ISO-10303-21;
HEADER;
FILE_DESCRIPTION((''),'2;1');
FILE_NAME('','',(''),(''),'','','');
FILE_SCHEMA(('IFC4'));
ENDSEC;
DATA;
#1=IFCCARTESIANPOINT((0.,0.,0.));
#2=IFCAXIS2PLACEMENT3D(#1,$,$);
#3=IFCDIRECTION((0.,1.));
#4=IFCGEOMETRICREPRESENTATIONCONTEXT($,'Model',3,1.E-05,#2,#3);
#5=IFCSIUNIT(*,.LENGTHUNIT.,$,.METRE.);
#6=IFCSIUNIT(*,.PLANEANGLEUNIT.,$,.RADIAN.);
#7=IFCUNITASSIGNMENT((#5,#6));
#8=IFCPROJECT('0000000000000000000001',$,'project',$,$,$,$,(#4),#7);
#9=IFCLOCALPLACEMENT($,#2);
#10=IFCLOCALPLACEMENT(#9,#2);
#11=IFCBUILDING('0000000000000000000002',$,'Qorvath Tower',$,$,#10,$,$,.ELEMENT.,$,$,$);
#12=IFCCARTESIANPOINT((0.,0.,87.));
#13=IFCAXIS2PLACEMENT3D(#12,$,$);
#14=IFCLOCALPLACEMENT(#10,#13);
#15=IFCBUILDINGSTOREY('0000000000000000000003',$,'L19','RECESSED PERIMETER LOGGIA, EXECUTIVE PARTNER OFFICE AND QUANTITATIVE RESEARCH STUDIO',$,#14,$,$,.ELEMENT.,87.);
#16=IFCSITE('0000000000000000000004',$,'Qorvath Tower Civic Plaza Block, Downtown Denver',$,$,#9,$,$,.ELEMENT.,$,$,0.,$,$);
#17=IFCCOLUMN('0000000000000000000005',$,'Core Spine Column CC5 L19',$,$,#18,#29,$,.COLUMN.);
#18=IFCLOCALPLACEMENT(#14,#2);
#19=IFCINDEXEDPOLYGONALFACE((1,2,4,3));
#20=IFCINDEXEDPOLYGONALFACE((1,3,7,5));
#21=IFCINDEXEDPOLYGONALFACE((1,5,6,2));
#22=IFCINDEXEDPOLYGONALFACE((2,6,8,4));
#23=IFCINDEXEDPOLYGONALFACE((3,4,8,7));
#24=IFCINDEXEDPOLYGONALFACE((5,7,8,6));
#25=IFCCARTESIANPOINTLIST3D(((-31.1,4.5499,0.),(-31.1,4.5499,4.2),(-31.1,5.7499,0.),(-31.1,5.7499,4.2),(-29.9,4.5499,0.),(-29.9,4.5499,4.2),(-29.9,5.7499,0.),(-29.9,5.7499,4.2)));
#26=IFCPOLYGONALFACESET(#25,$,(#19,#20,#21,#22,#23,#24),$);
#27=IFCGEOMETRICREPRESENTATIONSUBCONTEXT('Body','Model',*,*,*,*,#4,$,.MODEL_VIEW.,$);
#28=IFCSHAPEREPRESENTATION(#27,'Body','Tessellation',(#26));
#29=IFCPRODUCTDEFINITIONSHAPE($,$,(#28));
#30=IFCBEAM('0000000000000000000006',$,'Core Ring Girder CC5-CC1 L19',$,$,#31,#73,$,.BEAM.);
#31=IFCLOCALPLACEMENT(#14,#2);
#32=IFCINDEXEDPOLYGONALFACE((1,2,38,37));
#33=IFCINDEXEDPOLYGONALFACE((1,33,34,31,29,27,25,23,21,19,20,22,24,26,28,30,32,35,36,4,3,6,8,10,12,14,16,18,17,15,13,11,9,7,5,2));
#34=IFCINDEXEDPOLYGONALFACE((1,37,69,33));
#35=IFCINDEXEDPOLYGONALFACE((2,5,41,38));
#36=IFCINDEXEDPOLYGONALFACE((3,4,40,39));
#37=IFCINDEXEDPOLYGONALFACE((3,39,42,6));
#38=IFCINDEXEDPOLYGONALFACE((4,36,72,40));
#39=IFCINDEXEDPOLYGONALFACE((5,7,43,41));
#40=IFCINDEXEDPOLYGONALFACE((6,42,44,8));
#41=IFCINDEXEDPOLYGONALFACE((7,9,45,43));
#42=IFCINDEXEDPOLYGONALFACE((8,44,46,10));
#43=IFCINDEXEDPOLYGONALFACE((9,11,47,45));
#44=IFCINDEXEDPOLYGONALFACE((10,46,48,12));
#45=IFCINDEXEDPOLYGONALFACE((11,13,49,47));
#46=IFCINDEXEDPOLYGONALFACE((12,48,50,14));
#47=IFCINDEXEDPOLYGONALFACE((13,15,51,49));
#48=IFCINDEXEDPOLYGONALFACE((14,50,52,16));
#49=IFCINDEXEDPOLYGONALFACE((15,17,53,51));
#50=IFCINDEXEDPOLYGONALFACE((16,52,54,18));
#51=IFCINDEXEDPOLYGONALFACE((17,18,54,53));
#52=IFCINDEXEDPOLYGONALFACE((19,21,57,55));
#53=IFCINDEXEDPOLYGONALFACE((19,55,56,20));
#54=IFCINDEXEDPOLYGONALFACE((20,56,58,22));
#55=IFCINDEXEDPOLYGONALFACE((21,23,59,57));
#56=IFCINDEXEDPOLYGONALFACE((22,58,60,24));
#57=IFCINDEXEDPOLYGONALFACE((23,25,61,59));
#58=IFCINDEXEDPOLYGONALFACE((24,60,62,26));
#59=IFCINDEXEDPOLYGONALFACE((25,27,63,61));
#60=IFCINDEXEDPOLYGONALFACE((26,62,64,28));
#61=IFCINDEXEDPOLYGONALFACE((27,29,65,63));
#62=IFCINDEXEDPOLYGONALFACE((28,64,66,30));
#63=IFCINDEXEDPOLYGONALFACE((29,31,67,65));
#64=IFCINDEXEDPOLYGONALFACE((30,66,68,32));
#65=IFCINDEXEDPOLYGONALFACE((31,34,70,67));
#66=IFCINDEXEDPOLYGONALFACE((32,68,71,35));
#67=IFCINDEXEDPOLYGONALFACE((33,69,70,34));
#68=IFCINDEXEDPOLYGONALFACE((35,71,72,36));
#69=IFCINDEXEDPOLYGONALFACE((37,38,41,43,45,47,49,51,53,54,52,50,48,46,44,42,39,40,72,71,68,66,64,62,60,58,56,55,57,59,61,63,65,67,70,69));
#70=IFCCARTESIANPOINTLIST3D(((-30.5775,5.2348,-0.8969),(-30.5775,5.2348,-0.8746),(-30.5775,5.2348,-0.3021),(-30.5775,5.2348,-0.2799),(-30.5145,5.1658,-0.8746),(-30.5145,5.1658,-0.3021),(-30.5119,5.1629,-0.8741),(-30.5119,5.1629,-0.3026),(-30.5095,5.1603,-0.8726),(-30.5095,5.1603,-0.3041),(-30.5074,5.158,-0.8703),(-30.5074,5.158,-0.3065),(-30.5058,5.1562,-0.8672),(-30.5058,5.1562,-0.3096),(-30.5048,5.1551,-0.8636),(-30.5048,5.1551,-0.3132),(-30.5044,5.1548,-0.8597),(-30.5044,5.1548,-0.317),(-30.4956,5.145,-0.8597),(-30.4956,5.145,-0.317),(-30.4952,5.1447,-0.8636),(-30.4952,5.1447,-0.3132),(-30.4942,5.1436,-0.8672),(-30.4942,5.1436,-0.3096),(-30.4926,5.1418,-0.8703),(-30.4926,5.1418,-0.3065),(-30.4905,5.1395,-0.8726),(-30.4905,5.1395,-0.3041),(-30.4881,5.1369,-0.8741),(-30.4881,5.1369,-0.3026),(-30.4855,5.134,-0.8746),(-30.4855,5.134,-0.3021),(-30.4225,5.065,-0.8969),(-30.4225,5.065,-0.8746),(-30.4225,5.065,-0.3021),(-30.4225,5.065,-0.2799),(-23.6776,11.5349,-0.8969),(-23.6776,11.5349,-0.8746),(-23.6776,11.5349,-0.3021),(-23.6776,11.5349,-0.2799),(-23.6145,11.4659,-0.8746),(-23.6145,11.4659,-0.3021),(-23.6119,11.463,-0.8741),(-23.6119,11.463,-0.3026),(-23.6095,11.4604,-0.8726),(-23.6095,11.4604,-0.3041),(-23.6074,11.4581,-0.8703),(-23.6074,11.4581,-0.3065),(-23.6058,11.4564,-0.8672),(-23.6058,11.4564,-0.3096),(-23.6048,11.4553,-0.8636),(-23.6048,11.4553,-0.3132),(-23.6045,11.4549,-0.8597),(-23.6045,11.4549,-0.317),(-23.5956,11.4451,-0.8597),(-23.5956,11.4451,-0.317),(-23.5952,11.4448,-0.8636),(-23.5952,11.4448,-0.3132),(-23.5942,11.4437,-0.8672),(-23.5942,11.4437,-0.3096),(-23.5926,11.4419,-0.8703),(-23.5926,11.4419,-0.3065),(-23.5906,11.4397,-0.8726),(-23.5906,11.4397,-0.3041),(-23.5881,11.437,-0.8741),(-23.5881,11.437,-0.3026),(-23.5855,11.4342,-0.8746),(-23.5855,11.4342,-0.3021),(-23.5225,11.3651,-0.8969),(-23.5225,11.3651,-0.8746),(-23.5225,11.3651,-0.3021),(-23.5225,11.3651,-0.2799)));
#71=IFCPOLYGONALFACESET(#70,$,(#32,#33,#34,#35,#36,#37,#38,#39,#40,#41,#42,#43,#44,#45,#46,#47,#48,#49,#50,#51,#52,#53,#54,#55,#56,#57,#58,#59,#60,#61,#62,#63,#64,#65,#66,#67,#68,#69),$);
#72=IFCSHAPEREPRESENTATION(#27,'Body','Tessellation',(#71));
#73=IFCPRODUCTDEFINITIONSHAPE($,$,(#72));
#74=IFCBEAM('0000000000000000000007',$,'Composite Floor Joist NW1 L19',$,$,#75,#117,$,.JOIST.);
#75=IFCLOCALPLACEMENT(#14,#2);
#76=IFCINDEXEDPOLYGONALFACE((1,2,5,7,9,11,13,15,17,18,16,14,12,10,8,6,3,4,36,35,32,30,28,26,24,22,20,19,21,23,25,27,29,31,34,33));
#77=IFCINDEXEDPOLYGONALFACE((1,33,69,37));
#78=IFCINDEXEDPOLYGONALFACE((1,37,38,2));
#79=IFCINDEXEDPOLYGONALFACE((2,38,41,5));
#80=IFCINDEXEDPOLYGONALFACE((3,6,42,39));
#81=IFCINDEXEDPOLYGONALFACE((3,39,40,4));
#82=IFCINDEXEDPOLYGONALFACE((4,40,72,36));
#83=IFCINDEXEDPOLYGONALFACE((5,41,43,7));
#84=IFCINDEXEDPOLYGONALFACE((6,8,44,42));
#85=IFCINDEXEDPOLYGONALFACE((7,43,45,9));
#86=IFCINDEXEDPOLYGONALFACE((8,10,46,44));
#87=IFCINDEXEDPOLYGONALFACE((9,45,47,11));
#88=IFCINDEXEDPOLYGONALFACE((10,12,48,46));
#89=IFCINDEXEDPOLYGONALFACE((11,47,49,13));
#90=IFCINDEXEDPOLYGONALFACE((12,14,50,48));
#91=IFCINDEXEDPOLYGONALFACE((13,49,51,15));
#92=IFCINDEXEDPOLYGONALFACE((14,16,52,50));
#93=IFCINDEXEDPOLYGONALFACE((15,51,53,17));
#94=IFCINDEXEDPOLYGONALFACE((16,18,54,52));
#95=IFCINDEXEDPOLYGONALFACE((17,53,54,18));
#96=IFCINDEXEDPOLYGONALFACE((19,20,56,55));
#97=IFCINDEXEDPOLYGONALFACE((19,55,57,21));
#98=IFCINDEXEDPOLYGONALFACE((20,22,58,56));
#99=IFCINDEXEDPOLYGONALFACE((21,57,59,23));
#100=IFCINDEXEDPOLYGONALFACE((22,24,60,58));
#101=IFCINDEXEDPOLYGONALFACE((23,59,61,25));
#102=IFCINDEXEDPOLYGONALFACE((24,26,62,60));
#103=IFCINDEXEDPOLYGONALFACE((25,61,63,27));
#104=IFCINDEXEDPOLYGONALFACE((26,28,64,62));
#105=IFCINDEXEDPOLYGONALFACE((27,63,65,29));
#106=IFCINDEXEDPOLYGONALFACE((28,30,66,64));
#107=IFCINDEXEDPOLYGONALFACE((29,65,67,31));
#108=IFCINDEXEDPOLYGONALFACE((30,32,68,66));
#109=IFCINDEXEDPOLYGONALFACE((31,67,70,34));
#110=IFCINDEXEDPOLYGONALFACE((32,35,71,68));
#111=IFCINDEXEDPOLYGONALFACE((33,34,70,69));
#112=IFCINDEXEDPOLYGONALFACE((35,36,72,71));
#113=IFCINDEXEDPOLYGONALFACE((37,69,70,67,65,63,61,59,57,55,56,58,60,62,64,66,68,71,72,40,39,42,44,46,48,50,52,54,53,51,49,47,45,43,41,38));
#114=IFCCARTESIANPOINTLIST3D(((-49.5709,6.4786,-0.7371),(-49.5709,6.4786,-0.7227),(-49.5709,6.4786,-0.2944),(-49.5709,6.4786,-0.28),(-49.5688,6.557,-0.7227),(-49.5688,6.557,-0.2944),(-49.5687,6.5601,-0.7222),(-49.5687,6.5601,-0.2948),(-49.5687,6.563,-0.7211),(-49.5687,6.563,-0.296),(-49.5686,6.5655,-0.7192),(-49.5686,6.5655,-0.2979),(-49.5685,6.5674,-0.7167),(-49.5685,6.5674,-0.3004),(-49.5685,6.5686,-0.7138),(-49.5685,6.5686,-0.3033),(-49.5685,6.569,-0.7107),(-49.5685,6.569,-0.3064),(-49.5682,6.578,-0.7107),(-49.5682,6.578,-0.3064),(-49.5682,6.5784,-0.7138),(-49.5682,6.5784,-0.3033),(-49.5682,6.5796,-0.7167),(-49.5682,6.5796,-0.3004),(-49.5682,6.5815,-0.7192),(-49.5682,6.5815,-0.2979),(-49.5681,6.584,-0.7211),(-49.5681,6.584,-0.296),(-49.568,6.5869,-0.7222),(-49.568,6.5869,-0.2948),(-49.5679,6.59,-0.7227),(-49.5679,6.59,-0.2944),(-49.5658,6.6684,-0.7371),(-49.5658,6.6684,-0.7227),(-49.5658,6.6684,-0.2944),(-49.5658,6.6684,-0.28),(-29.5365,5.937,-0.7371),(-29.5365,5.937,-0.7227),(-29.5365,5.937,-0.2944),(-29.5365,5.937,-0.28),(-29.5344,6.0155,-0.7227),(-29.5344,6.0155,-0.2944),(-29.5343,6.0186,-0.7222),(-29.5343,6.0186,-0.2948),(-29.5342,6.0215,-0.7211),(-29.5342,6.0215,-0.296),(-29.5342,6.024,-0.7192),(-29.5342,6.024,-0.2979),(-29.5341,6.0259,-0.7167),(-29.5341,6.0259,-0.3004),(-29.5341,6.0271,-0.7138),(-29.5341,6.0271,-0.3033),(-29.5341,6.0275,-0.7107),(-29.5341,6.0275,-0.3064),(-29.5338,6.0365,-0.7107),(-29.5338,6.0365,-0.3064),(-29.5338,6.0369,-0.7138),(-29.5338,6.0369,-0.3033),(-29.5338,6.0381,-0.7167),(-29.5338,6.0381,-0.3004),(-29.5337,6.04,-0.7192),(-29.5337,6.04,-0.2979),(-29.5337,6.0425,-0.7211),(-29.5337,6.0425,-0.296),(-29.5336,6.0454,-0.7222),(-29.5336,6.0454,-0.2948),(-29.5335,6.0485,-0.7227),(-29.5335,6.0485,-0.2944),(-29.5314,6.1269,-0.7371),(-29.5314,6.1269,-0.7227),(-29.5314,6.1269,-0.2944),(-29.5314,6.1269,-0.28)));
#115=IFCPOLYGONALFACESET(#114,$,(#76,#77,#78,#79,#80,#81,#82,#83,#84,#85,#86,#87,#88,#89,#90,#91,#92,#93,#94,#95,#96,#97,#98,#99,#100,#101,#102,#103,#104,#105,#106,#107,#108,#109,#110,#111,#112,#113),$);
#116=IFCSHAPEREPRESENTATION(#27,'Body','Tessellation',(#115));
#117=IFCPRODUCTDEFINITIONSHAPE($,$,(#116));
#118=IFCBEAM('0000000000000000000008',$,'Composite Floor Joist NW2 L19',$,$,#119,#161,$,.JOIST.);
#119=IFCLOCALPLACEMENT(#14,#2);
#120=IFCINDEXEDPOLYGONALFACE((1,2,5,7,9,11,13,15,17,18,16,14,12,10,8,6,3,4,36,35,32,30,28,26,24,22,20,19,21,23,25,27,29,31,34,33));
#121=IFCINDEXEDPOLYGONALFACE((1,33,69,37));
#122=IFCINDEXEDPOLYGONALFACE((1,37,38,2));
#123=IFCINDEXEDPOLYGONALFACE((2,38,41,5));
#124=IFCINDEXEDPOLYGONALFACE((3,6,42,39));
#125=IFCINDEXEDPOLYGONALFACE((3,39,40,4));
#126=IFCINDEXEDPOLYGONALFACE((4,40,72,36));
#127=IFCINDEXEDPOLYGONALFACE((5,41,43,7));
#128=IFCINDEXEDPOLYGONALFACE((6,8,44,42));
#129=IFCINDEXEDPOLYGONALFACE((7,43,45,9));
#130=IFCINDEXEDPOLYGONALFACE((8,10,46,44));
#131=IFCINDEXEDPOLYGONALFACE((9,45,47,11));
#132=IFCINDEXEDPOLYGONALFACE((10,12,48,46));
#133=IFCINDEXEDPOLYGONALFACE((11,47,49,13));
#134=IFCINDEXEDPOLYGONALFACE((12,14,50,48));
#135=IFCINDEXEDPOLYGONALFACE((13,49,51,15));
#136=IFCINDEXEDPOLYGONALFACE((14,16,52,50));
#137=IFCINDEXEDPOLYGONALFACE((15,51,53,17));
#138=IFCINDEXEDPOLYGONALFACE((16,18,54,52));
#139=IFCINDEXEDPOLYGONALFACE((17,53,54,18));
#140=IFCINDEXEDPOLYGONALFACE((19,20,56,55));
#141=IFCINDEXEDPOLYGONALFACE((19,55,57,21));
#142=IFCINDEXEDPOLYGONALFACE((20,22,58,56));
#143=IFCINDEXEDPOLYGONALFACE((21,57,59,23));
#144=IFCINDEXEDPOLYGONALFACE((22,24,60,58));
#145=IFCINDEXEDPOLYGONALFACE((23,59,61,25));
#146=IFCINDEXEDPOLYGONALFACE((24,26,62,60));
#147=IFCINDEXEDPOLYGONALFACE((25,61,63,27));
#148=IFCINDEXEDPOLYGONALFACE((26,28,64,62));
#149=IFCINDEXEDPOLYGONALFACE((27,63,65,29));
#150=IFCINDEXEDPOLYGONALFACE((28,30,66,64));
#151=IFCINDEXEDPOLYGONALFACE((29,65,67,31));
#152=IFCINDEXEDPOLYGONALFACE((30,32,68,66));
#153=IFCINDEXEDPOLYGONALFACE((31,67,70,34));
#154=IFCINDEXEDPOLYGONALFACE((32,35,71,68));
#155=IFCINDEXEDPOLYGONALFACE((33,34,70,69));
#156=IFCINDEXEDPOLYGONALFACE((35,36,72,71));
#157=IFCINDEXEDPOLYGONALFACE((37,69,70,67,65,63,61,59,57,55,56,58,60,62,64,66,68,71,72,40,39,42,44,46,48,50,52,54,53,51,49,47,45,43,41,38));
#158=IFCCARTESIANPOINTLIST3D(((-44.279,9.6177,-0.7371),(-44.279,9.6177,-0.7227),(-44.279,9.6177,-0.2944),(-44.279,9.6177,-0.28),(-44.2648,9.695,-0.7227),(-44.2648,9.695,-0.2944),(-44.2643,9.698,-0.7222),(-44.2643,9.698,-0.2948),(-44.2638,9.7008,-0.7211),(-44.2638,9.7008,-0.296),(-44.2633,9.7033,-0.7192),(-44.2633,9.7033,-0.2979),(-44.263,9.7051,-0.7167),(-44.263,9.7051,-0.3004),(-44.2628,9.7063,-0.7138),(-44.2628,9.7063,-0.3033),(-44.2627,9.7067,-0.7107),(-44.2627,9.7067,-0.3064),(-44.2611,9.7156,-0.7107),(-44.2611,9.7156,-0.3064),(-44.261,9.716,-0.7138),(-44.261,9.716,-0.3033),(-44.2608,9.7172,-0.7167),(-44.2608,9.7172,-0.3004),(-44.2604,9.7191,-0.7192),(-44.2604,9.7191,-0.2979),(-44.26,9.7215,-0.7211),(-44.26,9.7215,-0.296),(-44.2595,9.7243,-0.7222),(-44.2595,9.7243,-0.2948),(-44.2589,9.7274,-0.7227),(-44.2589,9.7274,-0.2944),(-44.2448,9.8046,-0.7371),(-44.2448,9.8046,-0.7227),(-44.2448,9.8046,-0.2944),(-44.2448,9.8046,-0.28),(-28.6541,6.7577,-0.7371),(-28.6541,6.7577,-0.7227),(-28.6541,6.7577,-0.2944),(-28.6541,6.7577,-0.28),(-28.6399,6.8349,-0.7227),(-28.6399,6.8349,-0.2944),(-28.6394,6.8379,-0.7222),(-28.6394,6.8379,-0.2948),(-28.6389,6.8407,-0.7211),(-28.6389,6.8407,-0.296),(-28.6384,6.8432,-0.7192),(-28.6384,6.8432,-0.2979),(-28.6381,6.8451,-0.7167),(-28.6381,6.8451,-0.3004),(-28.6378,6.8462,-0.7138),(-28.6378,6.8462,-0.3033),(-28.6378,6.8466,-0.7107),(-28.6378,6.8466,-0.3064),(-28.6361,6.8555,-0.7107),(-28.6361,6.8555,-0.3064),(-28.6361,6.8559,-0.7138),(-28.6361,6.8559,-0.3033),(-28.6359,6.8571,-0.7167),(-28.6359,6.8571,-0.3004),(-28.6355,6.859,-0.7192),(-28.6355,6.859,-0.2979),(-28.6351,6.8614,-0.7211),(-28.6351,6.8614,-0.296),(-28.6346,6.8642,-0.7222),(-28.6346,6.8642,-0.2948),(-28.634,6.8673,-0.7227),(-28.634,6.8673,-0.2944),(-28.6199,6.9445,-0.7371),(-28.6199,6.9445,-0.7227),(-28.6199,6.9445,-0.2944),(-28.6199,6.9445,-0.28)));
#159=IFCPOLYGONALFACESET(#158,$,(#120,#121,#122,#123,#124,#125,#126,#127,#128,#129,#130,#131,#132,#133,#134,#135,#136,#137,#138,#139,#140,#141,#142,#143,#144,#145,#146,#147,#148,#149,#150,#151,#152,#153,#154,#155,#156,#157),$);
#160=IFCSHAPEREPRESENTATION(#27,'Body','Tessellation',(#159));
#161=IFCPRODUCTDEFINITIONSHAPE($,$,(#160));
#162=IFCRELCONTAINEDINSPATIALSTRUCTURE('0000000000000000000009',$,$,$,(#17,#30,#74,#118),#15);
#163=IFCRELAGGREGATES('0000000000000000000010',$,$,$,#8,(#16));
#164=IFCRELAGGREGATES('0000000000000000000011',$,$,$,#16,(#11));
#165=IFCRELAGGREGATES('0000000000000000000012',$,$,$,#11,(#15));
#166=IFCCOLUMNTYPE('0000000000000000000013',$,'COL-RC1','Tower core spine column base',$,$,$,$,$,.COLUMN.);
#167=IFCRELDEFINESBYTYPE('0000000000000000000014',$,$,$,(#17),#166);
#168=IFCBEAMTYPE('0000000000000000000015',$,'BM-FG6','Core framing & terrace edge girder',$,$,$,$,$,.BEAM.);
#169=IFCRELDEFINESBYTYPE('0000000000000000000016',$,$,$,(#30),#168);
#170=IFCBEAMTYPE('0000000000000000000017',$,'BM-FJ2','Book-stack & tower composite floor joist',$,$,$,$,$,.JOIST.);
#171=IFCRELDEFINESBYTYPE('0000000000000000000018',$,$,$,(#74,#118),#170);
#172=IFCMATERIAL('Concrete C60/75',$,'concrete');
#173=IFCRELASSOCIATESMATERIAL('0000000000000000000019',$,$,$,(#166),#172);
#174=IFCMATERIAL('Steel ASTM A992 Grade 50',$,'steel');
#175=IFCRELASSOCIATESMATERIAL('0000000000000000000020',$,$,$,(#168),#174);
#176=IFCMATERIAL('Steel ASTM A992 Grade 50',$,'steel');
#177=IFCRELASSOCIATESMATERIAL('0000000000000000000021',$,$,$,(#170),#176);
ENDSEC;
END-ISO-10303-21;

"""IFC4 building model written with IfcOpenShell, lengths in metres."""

from ifc_helpers import new_model, si_unit, direction, frame, origin, origin_2d, place, context, subcontext, project, spatial, rectangle, i_section, extrude, material, material_profile, profile_set, type_object, element, save


model = new_model("IFC4")

# Units and contexts
model_context = context("Model", 3, precision=1e-05, world=origin(), true_north=direction((0.0, 1.0)))
body_context = subcontext(model_context, "Body", "Model", "MODEL_VIEW")
ifc_project = project(units=[si_unit("LENGTHUNIT", "METRE"), si_unit("PLANEANGLEUNIT", "RADIAN")], contexts=[model_context])

# Site, building, storey
site_placement = place(None, origin())
site = spatial("IfcSite", under=ifc_project, at=site_placement, Name="Qorvath Tower Civic Plaza Block, Downtown Denver", CompositionType="ELEMENT", RefElevation=0.0)
building_placement = place(site_placement, origin())
building = spatial("IfcBuilding", under=site, at=building_placement, Name="Qorvath Tower", CompositionType="ELEMENT")
storey_placement = place(building_placement, frame((0.0, 0.0, 87.0)))
storey = spatial("IfcBuildingStorey", under=building, at=storey_placement, Name="L19", Description="RECESSED PERIMETER LOGGIA, EXECUTIVE PARTNER OFFICE AND QUANTITATIVE RESEARCH STUDIO", CompositionType="ELEMENT", Elevation=87.0)

# Column
ifc_material_1 = material(Name="Concrete C60/75", Category="concrete")
ifc_material_profile_1 = material_profile(ifc_material_1, rectangle(XDim=1.2, YDim=1.2, at=origin_2d()), Name="RC 1200x1200")
ifc_profile_set_1 = profile_set([ifc_material_profile_1], Name="Concrete C60/75")
column_type = type_object("IfcColumnType", Name="COL-RC1", Description="Tower core spine column base", PredefinedType="COLUMN", material=ifc_profile_set_1)
column_placement = place(storey_placement, frame((-30.5, 5.1499, 0.0), z_axis=(0.0, 0.0, 1.0), x_axis=(1.0, 0.0, 0.0)))
element("IfcColumn", 1, at=column_placement, inside=storey, type_object=column_type, Name="Core Spine Column CC5 L19", PredefinedType="COLUMN", context=body_context, shape_type="SweptSolid", body=[
    extrude(rectangle(XDim=1.2, YDim=1.2, at=origin_2d()), origin(), (0.0, 0.0, 1.0), 4.2),
])

# Beams
ifc_material_2 = material(Name="Steel ASTM A992 Grade 50", Category="steel")
ifc_material_profile_2 = material_profile(ifc_material_2, i_section(OverallWidth=0.23, OverallDepth=0.6169, WebThickness=0.0132, FlangeThickness=0.0222, FilletRadius=0.0149, at=origin_2d()), Name="W24x94")
ifc_profile_set_2 = profile_set([ifc_material_profile_2], Name="Steel ASTM A992 Grade 50")
beam_type_1 = type_object("IfcBeamType", Name="BM-FG6", Description="Core framing & terrace edge girder", PredefinedType="BEAM", material=ifc_profile_set_2)
beam_1_placement = place(storey_placement, frame((-30.5, 5.1499, -0.5884), z_axis=(0.738478, 0.674277, 0.0), x_axis=(-0.674277, 0.738478, 0.0)))
element("IfcBeam", 2, at=beam_1_placement, inside=storey, type_object=beam_type_1, Name="Core Ring Girder CC5-CC1 L19", PredefinedType="BEAM", context=body_context, shape_type="SweptSolid", body=[
    extrude(i_section(OverallWidth=0.23, OverallDepth=0.6169, WebThickness=0.0132, FlangeThickness=0.0222, FilletRadius=0.0149, at=origin_2d()), origin(), (0.0, 0.0, 1.0), 9.3435),
])
ifc_material_3 = material(Name="Steel ASTM A992 Grade 50", Category="steel")
ifc_material_profile_3 = material_profile(ifc_material_3, i_section(OverallWidth=0.1899, OverallDepth=0.457, WebThickness=0.009, FlangeThickness=0.0144, FilletRadius=0.012, at=origin_2d()), Name="W18x50")
ifc_profile_set_3 = profile_set([ifc_material_profile_3], Name="Steel ASTM A992 Grade 50")
beam_type_2 = type_object("IfcBeamType", Name="BM-FJ2", Description="Book-stack & tower composite floor joist", PredefinedType="JOIST", material=ifc_profile_set_3)
beam_2_placement = place(storey_placement, frame((-29.5339, 6.032, -0.5085), z_axis=(-0.999635, 0.027019, 0.0), x_axis=(-0.027019, -0.999635, 0.0)))
element("IfcBeam", 3, at=beam_2_placement, inside=storey, type_object=beam_type_2, Name="Composite Floor Joist NW1 L19", PredefinedType="JOIST", context=body_context, shape_type="SweptSolid", body=[
    extrude(i_section(OverallWidth=0.1899, OverallDepth=0.457, WebThickness=0.009, FlangeThickness=0.0144, FilletRadius=0.012, at=origin_2d()), origin(), (0.0, 0.0, 1.0), 20.0417),
])
beam_3_placement = place(storey_placement, frame((-28.637, 6.8511, -0.5085), z_axis=(-0.983656, 0.180055, 0.0), x_axis=(-0.180055, -0.983656, 0.0)))
element("IfcBeam", 4, at=beam_3_placement, inside=storey, type_object=beam_type_2, Name="Composite Floor Joist NW2 L19", PredefinedType="JOIST", context=body_context, shape_type="SweptSolid", body=[
    extrude(i_section(OverallWidth=0.1899, OverallDepth=0.457, WebThickness=0.009, FlangeThickness=0.0144, FilletRadius=0.012, at=origin_2d()), origin(), (0.0, 0.0, 1.0), 15.8845),
])

save(model, "model.ifc")
